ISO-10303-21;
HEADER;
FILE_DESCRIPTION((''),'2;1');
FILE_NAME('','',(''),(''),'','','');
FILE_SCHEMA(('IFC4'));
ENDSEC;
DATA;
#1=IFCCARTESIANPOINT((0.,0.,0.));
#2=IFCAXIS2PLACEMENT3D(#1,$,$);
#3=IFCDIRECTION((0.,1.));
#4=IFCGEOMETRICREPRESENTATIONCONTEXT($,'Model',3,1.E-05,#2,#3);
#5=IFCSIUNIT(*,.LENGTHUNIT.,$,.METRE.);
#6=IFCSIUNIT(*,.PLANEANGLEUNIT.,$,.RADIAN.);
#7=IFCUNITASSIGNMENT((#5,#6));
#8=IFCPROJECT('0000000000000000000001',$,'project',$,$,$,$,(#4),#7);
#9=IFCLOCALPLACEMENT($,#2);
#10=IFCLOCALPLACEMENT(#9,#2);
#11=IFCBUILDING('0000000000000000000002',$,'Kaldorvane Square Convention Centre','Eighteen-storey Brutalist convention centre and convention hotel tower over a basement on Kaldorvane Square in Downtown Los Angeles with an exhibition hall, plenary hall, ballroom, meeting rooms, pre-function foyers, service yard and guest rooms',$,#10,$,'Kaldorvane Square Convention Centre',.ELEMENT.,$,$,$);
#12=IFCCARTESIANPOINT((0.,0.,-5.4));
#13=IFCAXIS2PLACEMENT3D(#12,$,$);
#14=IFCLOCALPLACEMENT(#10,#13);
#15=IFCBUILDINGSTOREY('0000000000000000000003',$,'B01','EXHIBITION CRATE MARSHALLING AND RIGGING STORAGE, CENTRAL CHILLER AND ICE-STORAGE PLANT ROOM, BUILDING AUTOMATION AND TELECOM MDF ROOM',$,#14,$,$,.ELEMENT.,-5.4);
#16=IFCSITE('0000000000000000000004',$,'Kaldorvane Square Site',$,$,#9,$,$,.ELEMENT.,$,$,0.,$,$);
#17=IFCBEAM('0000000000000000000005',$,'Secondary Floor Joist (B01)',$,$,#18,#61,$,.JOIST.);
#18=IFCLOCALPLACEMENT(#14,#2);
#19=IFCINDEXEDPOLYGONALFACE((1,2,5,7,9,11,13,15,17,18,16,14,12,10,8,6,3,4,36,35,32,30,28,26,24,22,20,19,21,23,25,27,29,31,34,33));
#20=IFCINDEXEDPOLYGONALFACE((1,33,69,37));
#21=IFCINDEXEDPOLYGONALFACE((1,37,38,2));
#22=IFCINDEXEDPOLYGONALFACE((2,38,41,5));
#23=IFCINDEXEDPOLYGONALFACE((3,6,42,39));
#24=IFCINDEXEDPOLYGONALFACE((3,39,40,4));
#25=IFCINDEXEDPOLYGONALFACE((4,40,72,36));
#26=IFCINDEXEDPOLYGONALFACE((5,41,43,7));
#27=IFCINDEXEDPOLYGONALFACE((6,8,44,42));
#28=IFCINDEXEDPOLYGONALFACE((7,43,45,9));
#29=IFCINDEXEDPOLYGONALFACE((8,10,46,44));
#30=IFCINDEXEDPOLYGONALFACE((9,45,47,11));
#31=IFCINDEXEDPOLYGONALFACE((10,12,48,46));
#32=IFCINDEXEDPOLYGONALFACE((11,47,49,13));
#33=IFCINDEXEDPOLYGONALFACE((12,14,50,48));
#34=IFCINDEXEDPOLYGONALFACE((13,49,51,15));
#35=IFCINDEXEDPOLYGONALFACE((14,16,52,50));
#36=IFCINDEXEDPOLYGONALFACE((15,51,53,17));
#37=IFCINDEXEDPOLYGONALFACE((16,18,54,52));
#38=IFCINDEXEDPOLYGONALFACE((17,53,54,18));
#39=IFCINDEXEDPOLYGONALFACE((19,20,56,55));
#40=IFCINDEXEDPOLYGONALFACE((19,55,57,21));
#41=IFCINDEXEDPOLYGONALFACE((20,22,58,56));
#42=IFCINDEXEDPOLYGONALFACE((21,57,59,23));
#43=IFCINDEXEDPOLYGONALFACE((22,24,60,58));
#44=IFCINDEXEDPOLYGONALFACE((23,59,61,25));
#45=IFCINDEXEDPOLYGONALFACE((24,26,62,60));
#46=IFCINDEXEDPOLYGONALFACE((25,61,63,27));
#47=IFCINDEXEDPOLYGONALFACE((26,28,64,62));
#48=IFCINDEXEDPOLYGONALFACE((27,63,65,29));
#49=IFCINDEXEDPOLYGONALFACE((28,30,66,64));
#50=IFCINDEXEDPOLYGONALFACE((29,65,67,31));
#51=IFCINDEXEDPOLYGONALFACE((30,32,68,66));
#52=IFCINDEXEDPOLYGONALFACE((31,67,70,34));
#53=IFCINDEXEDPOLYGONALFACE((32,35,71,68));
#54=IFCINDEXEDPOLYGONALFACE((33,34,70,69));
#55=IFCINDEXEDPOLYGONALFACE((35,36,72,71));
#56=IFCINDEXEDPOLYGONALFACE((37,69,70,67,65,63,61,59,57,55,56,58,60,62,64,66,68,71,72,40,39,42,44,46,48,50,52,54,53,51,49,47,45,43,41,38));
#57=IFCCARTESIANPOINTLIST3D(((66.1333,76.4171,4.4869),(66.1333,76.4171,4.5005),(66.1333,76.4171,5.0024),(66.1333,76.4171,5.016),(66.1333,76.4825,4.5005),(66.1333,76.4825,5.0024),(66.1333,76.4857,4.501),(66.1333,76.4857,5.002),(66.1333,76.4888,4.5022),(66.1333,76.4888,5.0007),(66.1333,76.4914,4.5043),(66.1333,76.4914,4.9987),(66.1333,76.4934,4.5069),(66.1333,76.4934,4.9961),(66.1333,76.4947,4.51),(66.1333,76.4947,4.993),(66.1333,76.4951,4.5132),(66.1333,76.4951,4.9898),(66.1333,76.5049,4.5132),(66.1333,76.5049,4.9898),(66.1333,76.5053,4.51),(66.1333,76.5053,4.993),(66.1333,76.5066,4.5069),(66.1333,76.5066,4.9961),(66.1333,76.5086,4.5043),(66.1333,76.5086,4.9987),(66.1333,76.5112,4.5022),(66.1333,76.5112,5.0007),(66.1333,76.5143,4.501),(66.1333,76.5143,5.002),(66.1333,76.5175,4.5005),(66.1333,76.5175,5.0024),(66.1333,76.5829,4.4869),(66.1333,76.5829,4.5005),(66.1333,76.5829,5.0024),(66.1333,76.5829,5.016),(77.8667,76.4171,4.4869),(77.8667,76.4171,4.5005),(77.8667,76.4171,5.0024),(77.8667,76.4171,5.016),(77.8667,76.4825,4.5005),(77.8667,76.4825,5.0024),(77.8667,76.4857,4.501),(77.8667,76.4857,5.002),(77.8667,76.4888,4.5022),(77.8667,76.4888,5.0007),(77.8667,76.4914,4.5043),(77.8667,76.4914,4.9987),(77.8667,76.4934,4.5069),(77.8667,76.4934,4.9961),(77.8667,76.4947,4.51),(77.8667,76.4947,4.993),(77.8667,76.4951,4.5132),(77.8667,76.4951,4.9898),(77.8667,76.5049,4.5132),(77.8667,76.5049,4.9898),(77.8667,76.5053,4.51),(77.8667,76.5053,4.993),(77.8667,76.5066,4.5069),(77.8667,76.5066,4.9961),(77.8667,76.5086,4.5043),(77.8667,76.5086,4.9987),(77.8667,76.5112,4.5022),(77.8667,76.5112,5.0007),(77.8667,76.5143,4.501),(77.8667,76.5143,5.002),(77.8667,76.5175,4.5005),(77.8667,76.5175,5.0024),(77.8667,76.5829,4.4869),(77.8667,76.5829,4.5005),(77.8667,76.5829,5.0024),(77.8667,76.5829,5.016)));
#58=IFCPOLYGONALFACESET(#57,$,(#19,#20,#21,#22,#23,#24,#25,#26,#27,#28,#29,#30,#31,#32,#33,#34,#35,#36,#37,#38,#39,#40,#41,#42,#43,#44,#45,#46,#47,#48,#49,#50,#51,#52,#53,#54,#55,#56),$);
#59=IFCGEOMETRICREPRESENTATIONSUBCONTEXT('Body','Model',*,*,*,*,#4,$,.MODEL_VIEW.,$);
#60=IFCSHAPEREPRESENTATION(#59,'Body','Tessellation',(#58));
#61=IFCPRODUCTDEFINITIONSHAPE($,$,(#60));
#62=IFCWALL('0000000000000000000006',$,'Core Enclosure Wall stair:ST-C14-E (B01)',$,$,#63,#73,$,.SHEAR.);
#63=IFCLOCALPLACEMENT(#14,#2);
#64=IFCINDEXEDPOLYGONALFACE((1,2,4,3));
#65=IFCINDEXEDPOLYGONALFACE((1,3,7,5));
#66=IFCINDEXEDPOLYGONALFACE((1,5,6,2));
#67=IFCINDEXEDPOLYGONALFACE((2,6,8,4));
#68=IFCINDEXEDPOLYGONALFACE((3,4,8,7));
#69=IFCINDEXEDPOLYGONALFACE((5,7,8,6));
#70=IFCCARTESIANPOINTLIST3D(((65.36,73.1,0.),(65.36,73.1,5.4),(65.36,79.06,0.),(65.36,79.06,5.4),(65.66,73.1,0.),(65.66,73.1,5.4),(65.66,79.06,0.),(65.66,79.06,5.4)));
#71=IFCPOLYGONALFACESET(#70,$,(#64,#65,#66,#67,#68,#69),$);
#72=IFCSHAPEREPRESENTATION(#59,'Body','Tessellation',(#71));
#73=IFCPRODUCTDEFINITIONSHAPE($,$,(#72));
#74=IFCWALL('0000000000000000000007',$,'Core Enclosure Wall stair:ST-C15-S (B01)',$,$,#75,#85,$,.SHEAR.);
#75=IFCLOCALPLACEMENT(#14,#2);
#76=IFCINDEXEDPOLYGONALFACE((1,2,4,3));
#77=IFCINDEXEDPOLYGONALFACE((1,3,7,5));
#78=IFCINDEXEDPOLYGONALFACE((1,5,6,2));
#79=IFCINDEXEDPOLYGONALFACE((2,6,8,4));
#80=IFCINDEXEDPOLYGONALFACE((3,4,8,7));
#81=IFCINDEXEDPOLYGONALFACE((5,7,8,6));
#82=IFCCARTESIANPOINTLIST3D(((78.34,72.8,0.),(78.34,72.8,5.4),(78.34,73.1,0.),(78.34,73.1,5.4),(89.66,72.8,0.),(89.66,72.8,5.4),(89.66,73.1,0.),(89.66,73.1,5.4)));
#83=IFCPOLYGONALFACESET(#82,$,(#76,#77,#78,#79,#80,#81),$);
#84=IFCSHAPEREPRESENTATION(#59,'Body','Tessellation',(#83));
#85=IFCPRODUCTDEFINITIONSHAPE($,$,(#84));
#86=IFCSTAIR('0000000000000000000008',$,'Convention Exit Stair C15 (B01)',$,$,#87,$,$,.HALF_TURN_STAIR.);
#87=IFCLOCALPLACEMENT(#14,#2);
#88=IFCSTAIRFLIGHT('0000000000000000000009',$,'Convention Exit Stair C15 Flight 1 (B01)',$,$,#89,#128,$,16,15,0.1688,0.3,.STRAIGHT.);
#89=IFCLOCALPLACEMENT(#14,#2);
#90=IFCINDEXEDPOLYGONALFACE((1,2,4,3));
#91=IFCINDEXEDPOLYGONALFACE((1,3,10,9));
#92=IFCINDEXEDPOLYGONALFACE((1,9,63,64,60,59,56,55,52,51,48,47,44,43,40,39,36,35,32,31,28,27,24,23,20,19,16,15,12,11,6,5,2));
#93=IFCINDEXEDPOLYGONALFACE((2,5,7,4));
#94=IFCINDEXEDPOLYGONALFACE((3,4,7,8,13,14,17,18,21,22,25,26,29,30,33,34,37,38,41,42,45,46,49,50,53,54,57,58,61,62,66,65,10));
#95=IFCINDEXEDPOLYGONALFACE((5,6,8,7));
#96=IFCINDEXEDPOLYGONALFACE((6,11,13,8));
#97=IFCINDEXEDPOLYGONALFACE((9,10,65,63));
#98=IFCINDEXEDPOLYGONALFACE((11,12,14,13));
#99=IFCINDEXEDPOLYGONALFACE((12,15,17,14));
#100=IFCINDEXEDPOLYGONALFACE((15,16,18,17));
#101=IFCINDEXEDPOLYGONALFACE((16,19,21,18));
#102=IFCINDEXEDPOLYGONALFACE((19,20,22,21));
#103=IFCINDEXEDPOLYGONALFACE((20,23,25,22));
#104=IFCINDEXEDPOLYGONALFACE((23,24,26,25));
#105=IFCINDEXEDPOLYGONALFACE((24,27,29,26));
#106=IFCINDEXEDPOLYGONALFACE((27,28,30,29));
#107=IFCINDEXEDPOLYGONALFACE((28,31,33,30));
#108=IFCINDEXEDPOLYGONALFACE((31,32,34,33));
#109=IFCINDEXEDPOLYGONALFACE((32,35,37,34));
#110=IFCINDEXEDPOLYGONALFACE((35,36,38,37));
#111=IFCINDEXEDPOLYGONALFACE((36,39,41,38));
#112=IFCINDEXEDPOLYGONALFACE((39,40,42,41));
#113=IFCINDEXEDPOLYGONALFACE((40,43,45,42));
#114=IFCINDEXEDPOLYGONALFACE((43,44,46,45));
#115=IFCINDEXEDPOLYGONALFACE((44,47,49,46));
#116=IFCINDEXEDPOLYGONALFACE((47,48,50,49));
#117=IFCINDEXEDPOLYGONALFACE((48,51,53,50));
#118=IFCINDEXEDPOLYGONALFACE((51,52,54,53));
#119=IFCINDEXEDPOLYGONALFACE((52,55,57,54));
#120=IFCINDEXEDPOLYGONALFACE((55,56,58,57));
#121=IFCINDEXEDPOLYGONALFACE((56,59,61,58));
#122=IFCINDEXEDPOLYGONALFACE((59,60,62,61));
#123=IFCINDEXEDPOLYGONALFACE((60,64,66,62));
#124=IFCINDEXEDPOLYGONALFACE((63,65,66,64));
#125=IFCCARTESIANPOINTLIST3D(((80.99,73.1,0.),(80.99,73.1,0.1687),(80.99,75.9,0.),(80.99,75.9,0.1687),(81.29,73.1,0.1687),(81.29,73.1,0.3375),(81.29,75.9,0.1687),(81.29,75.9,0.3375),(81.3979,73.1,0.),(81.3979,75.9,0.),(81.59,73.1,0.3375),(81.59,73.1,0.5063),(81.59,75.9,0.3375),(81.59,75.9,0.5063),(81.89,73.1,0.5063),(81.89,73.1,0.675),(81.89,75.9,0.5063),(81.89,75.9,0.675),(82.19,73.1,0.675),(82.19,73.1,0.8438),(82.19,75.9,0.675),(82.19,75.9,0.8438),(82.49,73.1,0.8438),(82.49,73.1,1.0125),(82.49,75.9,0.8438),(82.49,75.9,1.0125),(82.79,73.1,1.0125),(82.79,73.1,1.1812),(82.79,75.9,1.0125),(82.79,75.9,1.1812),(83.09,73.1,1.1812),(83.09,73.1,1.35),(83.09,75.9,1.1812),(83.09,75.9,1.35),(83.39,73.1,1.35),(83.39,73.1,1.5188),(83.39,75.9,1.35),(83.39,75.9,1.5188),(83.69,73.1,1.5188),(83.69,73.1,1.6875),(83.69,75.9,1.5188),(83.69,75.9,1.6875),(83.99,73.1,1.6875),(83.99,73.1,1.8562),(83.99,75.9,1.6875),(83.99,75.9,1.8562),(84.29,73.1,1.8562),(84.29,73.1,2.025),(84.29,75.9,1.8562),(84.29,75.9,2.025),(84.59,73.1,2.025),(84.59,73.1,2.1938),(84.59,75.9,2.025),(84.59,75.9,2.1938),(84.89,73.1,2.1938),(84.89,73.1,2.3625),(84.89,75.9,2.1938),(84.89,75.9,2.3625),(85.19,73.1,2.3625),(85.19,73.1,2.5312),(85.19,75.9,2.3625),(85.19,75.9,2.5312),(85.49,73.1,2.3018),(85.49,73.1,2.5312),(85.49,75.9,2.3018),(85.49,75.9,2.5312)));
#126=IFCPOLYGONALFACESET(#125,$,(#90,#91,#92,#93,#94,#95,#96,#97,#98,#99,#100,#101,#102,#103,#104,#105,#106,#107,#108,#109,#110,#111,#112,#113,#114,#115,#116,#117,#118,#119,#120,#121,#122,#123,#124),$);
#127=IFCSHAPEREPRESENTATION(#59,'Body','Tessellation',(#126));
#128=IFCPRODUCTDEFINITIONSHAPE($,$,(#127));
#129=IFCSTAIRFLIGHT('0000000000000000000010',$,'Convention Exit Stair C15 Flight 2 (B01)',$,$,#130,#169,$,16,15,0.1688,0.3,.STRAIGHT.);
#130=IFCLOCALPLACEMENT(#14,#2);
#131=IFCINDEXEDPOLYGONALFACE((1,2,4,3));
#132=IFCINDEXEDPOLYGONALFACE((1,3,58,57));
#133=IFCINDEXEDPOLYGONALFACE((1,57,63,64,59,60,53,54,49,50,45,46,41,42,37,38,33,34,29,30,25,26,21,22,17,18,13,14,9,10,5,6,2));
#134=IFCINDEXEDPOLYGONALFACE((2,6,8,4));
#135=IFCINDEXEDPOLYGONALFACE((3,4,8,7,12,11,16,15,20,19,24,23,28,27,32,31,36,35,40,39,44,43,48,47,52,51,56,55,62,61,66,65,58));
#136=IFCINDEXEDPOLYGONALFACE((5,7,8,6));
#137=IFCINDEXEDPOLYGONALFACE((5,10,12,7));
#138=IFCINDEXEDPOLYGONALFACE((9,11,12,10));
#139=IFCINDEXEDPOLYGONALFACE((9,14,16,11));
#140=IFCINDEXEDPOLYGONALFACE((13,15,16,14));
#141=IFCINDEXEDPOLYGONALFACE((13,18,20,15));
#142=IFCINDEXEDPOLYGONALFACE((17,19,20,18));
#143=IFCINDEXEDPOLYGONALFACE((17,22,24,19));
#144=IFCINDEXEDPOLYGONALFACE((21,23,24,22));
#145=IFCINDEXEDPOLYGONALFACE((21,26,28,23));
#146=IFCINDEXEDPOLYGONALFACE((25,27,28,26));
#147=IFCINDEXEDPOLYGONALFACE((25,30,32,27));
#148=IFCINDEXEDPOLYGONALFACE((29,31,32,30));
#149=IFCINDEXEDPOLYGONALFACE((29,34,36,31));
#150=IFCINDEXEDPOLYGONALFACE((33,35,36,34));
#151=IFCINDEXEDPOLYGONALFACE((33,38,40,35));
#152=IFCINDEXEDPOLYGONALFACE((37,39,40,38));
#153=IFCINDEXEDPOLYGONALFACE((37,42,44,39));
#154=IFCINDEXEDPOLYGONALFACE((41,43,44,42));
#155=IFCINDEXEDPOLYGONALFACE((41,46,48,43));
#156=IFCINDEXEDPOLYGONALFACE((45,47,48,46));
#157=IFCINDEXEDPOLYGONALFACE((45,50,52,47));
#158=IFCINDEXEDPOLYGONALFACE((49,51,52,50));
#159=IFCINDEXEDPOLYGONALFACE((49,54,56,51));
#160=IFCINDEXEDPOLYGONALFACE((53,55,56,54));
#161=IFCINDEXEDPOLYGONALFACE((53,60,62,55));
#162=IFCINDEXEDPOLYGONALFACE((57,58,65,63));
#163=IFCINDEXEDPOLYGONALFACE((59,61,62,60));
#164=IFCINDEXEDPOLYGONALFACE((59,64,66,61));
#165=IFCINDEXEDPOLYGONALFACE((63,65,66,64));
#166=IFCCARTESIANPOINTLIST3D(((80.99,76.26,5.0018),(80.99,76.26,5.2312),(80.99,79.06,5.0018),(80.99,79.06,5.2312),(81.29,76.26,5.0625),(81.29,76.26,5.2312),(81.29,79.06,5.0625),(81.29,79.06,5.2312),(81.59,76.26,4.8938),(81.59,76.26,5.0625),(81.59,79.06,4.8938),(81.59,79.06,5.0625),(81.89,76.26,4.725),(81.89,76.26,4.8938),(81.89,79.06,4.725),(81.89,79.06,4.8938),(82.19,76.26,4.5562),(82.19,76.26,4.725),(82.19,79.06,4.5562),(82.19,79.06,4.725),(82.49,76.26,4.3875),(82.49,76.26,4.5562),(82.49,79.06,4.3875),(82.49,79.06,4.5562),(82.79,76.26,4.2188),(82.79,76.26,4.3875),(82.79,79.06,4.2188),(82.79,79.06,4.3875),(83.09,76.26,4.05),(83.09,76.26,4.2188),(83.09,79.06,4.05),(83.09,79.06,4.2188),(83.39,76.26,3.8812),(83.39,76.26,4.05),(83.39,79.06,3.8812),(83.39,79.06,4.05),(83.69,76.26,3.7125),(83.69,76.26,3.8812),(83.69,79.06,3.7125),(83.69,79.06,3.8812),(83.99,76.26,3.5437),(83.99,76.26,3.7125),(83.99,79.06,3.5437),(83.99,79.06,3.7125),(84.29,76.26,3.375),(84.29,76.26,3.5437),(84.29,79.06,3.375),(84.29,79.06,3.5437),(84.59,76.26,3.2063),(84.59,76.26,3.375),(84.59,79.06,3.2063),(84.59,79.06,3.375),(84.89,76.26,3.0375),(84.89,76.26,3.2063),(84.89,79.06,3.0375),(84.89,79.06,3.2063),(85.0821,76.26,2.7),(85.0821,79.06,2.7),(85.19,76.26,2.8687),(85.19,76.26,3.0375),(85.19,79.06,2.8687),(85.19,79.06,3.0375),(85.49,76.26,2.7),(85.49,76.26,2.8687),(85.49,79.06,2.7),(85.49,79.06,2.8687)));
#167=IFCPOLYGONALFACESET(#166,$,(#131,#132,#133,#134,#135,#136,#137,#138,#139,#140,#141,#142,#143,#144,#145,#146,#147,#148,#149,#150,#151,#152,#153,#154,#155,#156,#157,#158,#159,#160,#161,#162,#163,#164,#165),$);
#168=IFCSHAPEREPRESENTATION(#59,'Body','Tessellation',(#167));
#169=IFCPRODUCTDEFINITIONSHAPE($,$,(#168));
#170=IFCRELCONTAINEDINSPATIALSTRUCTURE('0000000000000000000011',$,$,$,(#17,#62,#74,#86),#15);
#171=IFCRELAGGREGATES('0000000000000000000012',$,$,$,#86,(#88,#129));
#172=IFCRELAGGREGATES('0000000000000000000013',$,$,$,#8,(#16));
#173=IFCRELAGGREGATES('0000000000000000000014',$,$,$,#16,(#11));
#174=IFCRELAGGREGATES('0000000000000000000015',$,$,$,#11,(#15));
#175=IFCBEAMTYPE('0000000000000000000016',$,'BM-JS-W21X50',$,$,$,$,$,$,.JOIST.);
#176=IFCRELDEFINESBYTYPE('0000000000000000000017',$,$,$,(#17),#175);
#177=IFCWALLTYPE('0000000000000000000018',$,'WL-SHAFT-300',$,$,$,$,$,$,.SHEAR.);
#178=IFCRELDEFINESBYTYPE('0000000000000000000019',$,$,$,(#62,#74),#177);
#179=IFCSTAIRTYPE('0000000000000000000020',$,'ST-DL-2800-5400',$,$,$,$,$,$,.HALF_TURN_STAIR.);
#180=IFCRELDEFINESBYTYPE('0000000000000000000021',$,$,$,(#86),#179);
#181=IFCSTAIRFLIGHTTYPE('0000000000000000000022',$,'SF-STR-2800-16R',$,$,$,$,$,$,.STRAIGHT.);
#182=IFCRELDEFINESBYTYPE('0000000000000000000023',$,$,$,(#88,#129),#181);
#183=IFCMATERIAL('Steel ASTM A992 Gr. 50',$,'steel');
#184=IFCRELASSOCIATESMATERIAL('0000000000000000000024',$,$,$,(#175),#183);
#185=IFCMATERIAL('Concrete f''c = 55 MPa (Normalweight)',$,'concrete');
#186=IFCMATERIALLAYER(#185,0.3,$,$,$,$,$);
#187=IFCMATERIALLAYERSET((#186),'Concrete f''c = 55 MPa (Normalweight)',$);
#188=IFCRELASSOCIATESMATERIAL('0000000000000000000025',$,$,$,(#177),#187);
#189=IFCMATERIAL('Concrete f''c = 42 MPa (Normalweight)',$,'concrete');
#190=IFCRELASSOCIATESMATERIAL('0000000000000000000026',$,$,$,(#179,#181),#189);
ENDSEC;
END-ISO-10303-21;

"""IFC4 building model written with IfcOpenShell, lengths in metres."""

from ifc_helpers import new_model, si_unit, direction, frame, frame_2d, origin, origin_2d, place, context, subcontext, project, spatial, polyline, rectangle, i_section, outline, extrude, material, layer, layer_set, material_profile, profile_set, type_object, element, aggregate, save


model = new_model("IFC4")

# Units and contexts
model_context = context("Model", 3, precision=1e-05, world=origin(), true_north=direction((0.0, 1.0)))
body_context = subcontext(model_context, "Body", "Model", "MODEL_VIEW")
ifc_project = project(units=[si_unit("LENGTHUNIT", "METRE"), si_unit("PLANEANGLEUNIT", "RADIAN")], contexts=[model_context])

# Site, building, storey
site_placement = place(None, origin())
site = spatial("IfcSite", under=ifc_project, at=site_placement, Name="Kaldorvane Square Site", CompositionType="ELEMENT", RefElevation=0.0)
building_placement = place(site_placement, origin())
building = spatial("IfcBuilding", under=site, at=building_placement, Name="Kaldorvane Square Convention Centre", Description="Eighteen-storey Brutalist convention centre and convention hotel tower over a basement on Kaldorvane Square in Downtown Los Angeles with an exhibition hall, plenary hall, ballroom, meeting rooms, pre-function foyers, service yard and guest rooms", LongName="Kaldorvane Square Convention Centre", CompositionType="ELEMENT")
storey_placement = place(building_placement, frame((0.0, 0.0, -5.4)))
storey = spatial("IfcBuildingStorey", under=building, at=storey_placement, Name="B01", Description="EXHIBITION CRATE MARSHALLING AND RIGGING STORAGE, CENTRAL CHILLER AND ICE-STORAGE PLANT ROOM, BUILDING AUTOMATION AND TELECOM MDF ROOM", CompositionType="ELEMENT", Elevation=-5.4)

# Shared definitions
ifc_material_1 = material(Name="Concrete f'c = 42 MPa (Normalweight)", Category="concrete")

# Shared definitions
ifc_material_2 = material(Name="Concrete f'c = 55 MPa (Normalweight)", Category="concrete")
ifc_material_3 = material(Name="Steel ASTM A992 Gr. 50", Category="steel")

# Beam
ifc_material_profile_1 = material_profile(ifc_material_3, i_section(OverallWidth=0.1659, OverallDepth=0.5291, WebThickness=0.0097, FlangeThickness=0.0136, FilletRadius=0.0127, at=origin_2d()), Name="W21X50")
ifc_profile_set_1 = profile_set([ifc_material_profile_1], Name="Steel ASTM A992 Gr. 50")
beam_type_1 = type_object("IfcBeamType", Name="BM-JS-W21X50", PredefinedType="JOIST", material=ifc_profile_set_1)
for number, where, z_axis, x_axis, name in (
    (1, (66.1333, 76.5, 4.7515), (1.0, 0.0, 0.0), (0.0, 1.0, 0.0), "Secondary Floor Joist (B01)"),
):
    element("IfcBeam", number, at=place(storey_placement, frame(where, z_axis=z_axis, x_axis=x_axis)), inside=storey, type_object=beam_type_1, Name=name, PredefinedType="JOIST", context=body_context, shape_type="SweptSolid", body=[
        extrude(i_section(OverallWidth=0.1659, OverallDepth=0.5291, WebThickness=0.0097, FlangeThickness=0.0136, FilletRadius=0.0127, at=origin_2d()), origin(), (0.0, 0.0, 1.0), 11.7334),
    ])

# Walls
ifc_layer = layer(ifc_material_2, 0.3)
ifc_layer_set = layer_set([ifc_layer], Name="Concrete f'c = 55 MPa (Normalweight)")
wall_type = type_object("IfcWallType", Name="WL-SHAFT-300", PredefinedType="SHEAR", material=ifc_layer_set)
wall_1_placement = place(storey_placement, frame((65.51, 73.1, 0.0), z_axis=(0.0, 0.0, 1.0), x_axis=(0.0, 1.0, 0.0)))
element("IfcWall", 2, at=wall_1_placement, inside=storey, type_object=wall_type, Name="Core Enclosure Wall stair:ST-C14-E (B01)", PredefinedType="SHEAR", context=body_context, shape_type="SweptSolid", body=[
    extrude(rectangle(XDim=5.96, YDim=0.3, at=frame_2d((2.98, 0.0))), origin(), (0.0, 0.0, 1.0), 5.4),
])
wall_2_placement = place(storey_placement, frame((78.34, 72.95, 0.0), z_axis=(0.0, 0.0, 1.0), x_axis=(1.0, 0.0, 0.0)))
element("IfcWall", 3, at=wall_2_placement, inside=storey, type_object=wall_type, Name="Core Enclosure Wall stair:ST-C15-S (B01)", PredefinedType="SHEAR", context=body_context, shape_type="SweptSolid", body=[
    extrude(rectangle(XDim=11.32, YDim=0.3, at=frame_2d((5.66, 0.0))), origin(), (0.0, 0.0, 1.0), 5.4),
])

# Stair, stair flights
stair_type = type_object("IfcStairType", Name="ST-DL-2800-5400", PredefinedType="HALF_TURN_STAIR", material=ifc_material_1)
stair_placement = place(storey_placement, origin())
stair = element("IfcStair", 4, at=stair_placement, inside=storey, type_object=stair_type, Name="Convention Exit Stair C15 (B01)", PredefinedType="HALF_TURN_STAIR")
stair_flight_type = type_object("IfcStairFlightType", Name="SF-STR-2800-16R", PredefinedType="STRAIGHT", material=ifc_material_1)
stair_flight_1_placement = place(storey_placement, frame((80.99, 74.5, 0.0), z_axis=(0.0, 0.0, 1.0), x_axis=(1.0, 0.0, 0.0)))
stair_flight_1 = element("IfcStairFlight", 5, at=stair_flight_1_placement, type_object=stair_flight_type, Name="Convention Exit Stair C15 Flight 1 (B01)", NumberOfRisers=16, NumberOfTreads=15, PredefinedType="STRAIGHT", RiserHeight=0.1688, TreadLength=0.3, context=body_context, shape_type="SweptSolid", body=[
    extrude(outline(polyline([(0.0, 0.0), (0.0, 0.1687), (0.3, 0.1687), (0.3, 0.3375), (0.6, 0.3375), (0.6, 0.5063), (0.9, 0.5063), (0.9, 0.675), (1.2, 0.675), (1.2, 0.8438), (1.5, 0.8438), (1.5, 1.0125), (1.8, 1.0125), (1.8, 1.1812), (2.1, 1.1812), (2.1, 1.35), (2.4, 1.35), (2.4, 1.5188), (2.7, 1.5188), (2.7, 1.6875), (3.0, 1.6875), (3.0, 1.8562), (3.3, 1.8562), (3.3, 2.025), (3.6, 2.025), (3.6, 2.1938), (3.9, 2.1938), (3.9, 2.3625), (4.2, 2.3625), (4.2, 2.5312), (4.5, 2.5312), (4.5, 2.7), (4.5, 2.3018), (0.4079, 0.0), (0.0, 0.0)])), frame((0.0, 1.4, 0.0), z_axis=(0.0, -1.0, 0.0), x_axis=(1.0, 0.0, 0.0)), (0.0, 0.0, 1.0), 2.8),
])
stair_flight_2_placement = place(storey_placement, frame((85.49, 77.66, 2.7), z_axis=(0.0, 0.0, 1.0), x_axis=(-1.0, 0.0, 0.0)))
stair_flight_2 = element("IfcStairFlight", 6, at=stair_flight_2_placement, type_object=stair_flight_type, Name="Convention Exit Stair C15 Flight 2 (B01)", NumberOfRisers=16, NumberOfTreads=15, PredefinedType="STRAIGHT", RiserHeight=0.1688, TreadLength=0.3, context=body_context, shape_type="SweptSolid", body=[
    extrude(outline(polyline([(0.0, 0.0), (0.0, 0.1687), (0.3, 0.1687), (0.3, 0.3375), (0.6, 0.3375), (0.6, 0.5063), (0.9, 0.5063), (0.9, 0.675), (1.2, 0.675), (1.2, 0.8438), (1.5, 0.8438), (1.5, 1.0125), (1.8, 1.0125), (1.8, 1.1812), (2.1, 1.1812), (2.1, 1.35), (2.4, 1.35), (2.4, 1.5188), (2.7, 1.5188), (2.7, 1.6875), (3.0, 1.6875), (3.0, 1.8562), (3.3, 1.8562), (3.3, 2.025), (3.6, 2.025), (3.6, 2.1938), (3.9, 2.1938), (3.9, 2.3625), (4.2, 2.3625), (4.2, 2.5312), (4.5, 2.5312), (4.5, 2.7), (4.5, 2.3018), (0.4079, 0.0), (0.0, 0.0)])), frame((0.0, 1.4, 0.0), z_axis=(0.0, -1.0, 0.0), x_axis=(1.0, 0.0, 0.0)), (0.0, 0.0, 1.0), 2.8),
])
aggregate(stair, [stair_flight_1, stair_flight_2])

save(model, "model.ifc")
